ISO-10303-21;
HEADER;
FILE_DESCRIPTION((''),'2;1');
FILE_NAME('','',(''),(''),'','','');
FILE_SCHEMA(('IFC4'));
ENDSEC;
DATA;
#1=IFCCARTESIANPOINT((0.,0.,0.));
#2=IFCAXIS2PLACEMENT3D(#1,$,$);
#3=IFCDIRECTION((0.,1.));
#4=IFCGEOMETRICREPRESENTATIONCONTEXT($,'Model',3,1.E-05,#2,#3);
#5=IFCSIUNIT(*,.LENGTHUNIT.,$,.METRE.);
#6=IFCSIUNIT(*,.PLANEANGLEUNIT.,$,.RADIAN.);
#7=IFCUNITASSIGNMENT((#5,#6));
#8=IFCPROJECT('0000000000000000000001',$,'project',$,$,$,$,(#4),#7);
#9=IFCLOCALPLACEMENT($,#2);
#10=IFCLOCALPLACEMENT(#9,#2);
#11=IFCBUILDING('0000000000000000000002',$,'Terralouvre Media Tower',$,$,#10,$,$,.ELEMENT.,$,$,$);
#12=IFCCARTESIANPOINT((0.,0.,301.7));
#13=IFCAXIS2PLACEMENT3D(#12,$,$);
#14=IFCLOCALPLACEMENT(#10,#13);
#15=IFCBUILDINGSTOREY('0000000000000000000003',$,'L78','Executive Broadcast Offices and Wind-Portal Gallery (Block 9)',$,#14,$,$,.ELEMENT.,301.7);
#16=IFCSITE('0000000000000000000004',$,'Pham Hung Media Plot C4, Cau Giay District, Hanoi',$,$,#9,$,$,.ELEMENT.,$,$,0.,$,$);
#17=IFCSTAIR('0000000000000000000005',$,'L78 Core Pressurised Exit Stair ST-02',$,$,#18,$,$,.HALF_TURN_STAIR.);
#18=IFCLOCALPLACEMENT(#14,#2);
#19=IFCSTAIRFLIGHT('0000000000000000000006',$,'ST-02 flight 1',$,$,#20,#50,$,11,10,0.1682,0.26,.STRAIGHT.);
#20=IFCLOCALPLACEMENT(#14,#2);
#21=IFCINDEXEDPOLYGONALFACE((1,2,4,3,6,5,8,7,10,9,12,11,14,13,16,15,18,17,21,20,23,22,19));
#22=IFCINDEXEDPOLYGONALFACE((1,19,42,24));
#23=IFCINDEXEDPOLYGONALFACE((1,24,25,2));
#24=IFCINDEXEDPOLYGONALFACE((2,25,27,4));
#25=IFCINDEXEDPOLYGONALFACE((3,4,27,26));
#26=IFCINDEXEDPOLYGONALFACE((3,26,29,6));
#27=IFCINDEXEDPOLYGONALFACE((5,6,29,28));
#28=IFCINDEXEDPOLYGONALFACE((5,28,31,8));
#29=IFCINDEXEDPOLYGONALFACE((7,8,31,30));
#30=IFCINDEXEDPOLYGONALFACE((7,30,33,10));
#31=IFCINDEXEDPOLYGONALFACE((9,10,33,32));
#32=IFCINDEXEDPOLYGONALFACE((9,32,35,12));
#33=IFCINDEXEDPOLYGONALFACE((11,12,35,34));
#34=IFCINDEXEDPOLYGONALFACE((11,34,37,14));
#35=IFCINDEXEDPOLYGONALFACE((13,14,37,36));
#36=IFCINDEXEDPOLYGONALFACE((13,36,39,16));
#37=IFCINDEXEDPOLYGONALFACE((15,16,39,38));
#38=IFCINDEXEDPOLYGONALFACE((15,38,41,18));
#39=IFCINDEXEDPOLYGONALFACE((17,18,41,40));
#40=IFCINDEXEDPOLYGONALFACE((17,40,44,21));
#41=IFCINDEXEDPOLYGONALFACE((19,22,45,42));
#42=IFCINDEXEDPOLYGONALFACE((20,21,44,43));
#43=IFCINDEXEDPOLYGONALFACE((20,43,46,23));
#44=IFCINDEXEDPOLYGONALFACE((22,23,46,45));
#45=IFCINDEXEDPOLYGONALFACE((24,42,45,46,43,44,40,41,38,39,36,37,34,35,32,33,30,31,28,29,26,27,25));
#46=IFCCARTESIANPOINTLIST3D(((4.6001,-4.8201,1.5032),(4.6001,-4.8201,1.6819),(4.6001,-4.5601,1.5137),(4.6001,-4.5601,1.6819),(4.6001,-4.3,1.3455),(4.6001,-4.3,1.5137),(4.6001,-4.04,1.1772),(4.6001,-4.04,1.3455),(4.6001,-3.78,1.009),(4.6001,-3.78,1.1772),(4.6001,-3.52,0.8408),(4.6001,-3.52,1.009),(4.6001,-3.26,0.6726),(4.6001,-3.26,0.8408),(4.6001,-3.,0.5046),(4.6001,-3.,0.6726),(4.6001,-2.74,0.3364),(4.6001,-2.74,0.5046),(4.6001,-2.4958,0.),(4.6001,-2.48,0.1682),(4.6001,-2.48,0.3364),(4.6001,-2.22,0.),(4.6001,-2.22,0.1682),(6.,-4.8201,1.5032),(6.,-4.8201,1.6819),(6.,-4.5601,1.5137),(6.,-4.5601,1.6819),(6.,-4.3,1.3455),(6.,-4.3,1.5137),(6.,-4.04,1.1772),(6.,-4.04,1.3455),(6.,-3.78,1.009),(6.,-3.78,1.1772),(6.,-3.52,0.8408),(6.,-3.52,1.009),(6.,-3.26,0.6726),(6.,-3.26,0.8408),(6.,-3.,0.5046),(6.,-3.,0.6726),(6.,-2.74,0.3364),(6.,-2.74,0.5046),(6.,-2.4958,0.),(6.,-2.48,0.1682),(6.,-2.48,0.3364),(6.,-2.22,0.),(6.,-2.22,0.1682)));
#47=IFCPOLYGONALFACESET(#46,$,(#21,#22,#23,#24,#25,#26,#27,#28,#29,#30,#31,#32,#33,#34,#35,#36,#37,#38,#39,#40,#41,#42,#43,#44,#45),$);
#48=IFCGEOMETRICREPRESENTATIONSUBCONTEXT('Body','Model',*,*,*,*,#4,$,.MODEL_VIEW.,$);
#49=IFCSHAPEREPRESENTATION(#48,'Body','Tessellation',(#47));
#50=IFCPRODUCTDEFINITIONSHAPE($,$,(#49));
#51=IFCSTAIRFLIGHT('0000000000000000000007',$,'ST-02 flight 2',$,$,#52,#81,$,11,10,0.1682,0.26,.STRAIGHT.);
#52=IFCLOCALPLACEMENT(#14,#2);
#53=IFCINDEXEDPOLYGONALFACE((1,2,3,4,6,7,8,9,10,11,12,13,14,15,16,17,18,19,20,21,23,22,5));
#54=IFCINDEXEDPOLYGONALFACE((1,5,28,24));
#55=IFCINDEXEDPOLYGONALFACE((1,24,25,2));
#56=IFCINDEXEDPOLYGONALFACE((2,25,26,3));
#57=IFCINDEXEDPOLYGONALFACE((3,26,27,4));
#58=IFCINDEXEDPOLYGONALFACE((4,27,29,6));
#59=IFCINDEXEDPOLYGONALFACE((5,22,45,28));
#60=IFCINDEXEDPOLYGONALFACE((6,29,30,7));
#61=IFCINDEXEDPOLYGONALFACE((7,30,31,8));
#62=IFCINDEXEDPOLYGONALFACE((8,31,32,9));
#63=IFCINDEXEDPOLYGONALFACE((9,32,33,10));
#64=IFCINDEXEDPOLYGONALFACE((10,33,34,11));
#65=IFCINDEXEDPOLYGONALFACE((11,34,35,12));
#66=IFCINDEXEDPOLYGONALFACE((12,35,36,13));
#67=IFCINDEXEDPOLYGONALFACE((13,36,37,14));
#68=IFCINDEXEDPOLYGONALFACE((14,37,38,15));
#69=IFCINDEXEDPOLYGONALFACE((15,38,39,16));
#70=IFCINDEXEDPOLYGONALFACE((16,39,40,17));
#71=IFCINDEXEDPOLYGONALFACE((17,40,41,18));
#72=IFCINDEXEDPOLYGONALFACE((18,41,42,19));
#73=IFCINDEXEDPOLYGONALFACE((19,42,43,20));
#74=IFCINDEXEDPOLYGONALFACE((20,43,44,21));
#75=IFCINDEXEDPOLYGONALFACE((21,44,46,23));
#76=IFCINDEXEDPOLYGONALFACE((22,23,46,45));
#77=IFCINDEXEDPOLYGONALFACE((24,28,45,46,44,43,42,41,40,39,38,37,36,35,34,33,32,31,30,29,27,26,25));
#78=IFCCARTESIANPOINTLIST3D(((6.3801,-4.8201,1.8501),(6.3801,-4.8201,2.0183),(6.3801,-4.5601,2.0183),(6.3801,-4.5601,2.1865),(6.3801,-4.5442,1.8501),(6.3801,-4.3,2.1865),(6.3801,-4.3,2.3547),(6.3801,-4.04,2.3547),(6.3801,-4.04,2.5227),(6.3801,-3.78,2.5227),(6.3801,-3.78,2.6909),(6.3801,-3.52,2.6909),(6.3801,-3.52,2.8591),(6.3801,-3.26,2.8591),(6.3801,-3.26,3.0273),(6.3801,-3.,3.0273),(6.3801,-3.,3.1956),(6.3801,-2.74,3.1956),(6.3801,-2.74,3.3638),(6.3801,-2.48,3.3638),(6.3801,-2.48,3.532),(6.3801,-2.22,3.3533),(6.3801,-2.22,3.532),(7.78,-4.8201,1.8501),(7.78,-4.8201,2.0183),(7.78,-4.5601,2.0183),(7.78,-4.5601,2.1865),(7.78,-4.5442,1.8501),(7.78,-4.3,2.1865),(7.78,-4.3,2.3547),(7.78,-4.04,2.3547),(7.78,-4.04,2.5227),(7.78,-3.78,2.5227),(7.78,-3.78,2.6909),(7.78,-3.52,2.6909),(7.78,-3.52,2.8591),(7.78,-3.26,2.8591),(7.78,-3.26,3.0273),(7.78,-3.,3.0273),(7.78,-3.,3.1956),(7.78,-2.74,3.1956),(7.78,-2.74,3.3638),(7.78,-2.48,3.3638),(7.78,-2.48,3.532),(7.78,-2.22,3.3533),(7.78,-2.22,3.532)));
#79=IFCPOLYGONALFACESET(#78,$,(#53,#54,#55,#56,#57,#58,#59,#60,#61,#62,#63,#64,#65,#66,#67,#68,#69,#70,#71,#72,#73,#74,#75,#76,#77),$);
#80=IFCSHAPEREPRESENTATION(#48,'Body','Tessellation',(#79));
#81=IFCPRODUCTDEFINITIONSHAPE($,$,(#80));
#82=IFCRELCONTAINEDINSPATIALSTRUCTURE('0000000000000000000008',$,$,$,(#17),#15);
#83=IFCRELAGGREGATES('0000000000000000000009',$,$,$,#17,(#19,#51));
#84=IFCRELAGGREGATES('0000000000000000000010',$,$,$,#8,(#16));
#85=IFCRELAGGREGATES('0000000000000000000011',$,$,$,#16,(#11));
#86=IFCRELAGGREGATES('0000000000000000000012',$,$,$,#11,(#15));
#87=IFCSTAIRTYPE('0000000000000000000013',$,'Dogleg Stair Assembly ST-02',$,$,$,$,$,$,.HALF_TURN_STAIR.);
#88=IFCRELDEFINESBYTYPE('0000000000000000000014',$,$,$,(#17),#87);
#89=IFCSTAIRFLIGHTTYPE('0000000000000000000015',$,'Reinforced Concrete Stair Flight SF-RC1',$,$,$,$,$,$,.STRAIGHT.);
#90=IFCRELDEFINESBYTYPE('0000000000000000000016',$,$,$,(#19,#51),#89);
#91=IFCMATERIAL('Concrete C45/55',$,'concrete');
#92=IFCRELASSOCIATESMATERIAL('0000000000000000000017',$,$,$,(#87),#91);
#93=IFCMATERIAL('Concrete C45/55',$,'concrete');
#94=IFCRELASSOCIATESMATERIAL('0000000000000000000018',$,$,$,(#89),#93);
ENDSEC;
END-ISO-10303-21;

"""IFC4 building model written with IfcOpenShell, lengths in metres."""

from ifc_helpers import new_model, si_unit, direction, frame, origin, place, context, subcontext, project, spatial, polyline, outline, extrude, material, type_object, element, aggregate, save


model = new_model("IFC4")

# Units and contexts
model_context = context("Model", 3, precision=1e-05, world=origin(), true_north=direction((0.0, 1.0)))
body_context = subcontext(model_context, "Body", "Model", "MODEL_VIEW")
ifc_project = project(units=[si_unit("LENGTHUNIT", "METRE"), si_unit("PLANEANGLEUNIT", "RADIAN")], contexts=[model_context])

# Site, building, storey
site_placement = place(None, origin())
site = spatial("IfcSite", under=ifc_project, at=site_placement, Name="Pham Hung Media Plot C4, Cau Giay District, Hanoi", CompositionType="ELEMENT", RefElevation=0.0)
building_placement = place(site_placement, origin())
building = spatial("IfcBuilding", under=site, at=building_placement, Name="Terralouvre Media Tower", CompositionType="ELEMENT")
storey_placement = place(building_placement, frame((0.0, 0.0, 301.7)))
storey = spatial("IfcBuildingStorey", under=building, at=storey_placement, Name="L78", Description="Executive Broadcast Offices and Wind-Portal Gallery (Block 9)", CompositionType="ELEMENT", Elevation=301.7)

# Stair, stair flights
ifc_material_1 = material(Name="Concrete C45/55", Category="concrete")
stair_type = type_object("IfcStairType", Name="Dogleg Stair Assembly ST-02", PredefinedType="HALF_TURN_STAIR", material=ifc_material_1)
stair_placement = place(storey_placement, origin())
stair = element("IfcStair", 1, at=stair_placement, inside=storey, type_object=stair_type, Name="L78 Core Pressurised Exit Stair ST-02", PredefinedType="HALF_TURN_STAIR")
ifc_material_2 = material(Name="Concrete C45/55", Category="concrete")
stair_flight_type = type_object("IfcStairFlightType", Name="Reinforced Concrete Stair Flight SF-RC1", PredefinedType="STRAIGHT", material=ifc_material_2)
stair_flight_1_placement = place(storey_placement, frame((5.3, -2.22, 0.0), z_axis=(0.0, 0.0, 1.0), x_axis=(0.0, -1.0, 0.0)))
stair_flight_1 = element("IfcStairFlight", 2, at=stair_flight_1_placement, type_object=stair_flight_type, Name="ST-02 flight 1", NumberOfRisers=11, NumberOfTreads=10, PredefinedType="STRAIGHT", RiserHeight=0.1682, TreadLength=0.26, context=body_context, shape_type="SweptSolid", body=[
    extrude(outline(polyline([(0.0, 0.0), (0.0, 0.1682), (0.26, 0.1682), (0.26, 0.3364), (0.52, 0.3364), (0.52, 0.5046), (0.78, 0.5046), (0.78, 0.6726), (1.04, 0.6726), (1.04, 0.8408), (1.3, 0.8408), (1.3, 1.009), (1.5601, 1.009), (1.5601, 1.1772), (1.8201, 1.1772), (1.8201, 1.3455), (2.0801, 1.3455), (2.0801, 1.5137), (2.3401, 1.5137), (2.3401, 1.6819), (2.6001, 1.6819), (2.6001, 1.8501), (2.6001, 1.5032), (0.2759, 0.0), (0.0, 0.0)])), frame((0.0, 0.7, 0.0), z_axis=(0.0, -1.0, 0.0), x_axis=(1.0, 0.0, 0.0)), (0.0, 0.0, 1.0), 1.3999),
])
stair_flight_2_placement = place(storey_placement, frame((7.0801, -4.8201, 1.8501), z_axis=(0.0, 0.0, 1.0), x_axis=(0.0, 1.0, 0.0)))
stair_flight_2 = element("IfcStairFlight", 3, at=stair_flight_2_placement, type_object=stair_flight_type, Name="ST-02 flight 2", NumberOfRisers=11, NumberOfTreads=10, PredefinedType="STRAIGHT", RiserHeight=0.1682, TreadLength=0.26, context=body_context, shape_type="SweptSolid", body=[
    extrude(outline(polyline([(0.0, 0.0), (0.0, 0.1682), (0.26, 0.1682), (0.26, 0.3364), (0.52, 0.3364), (0.52, 0.5046), (0.78, 0.5046), (0.78, 0.6726), (1.04, 0.6726), (1.04, 0.8408), (1.3, 0.8408), (1.3, 1.009), (1.5601, 1.009), (1.5601, 1.1772), (1.8201, 1.1772), (1.8201, 1.3455), (2.0801, 1.3455), (2.0801, 1.5137), (2.3401, 1.5137), (2.3401, 1.6819), (2.6001, 1.6819), (2.6001, 1.8501), (2.6001, 1.5032), (0.2759, 0.0), (0.0, 0.0)])), frame((0.0, 0.7, 0.0), z_axis=(0.0, -1.0, 0.0), x_axis=(1.0, 0.0, 0.0)), (0.0, 0.0, 1.0), 1.3999),
])
aggregate(stair, [stair_flight_1, stair_flight_2])

save(model, "model.ifc")
